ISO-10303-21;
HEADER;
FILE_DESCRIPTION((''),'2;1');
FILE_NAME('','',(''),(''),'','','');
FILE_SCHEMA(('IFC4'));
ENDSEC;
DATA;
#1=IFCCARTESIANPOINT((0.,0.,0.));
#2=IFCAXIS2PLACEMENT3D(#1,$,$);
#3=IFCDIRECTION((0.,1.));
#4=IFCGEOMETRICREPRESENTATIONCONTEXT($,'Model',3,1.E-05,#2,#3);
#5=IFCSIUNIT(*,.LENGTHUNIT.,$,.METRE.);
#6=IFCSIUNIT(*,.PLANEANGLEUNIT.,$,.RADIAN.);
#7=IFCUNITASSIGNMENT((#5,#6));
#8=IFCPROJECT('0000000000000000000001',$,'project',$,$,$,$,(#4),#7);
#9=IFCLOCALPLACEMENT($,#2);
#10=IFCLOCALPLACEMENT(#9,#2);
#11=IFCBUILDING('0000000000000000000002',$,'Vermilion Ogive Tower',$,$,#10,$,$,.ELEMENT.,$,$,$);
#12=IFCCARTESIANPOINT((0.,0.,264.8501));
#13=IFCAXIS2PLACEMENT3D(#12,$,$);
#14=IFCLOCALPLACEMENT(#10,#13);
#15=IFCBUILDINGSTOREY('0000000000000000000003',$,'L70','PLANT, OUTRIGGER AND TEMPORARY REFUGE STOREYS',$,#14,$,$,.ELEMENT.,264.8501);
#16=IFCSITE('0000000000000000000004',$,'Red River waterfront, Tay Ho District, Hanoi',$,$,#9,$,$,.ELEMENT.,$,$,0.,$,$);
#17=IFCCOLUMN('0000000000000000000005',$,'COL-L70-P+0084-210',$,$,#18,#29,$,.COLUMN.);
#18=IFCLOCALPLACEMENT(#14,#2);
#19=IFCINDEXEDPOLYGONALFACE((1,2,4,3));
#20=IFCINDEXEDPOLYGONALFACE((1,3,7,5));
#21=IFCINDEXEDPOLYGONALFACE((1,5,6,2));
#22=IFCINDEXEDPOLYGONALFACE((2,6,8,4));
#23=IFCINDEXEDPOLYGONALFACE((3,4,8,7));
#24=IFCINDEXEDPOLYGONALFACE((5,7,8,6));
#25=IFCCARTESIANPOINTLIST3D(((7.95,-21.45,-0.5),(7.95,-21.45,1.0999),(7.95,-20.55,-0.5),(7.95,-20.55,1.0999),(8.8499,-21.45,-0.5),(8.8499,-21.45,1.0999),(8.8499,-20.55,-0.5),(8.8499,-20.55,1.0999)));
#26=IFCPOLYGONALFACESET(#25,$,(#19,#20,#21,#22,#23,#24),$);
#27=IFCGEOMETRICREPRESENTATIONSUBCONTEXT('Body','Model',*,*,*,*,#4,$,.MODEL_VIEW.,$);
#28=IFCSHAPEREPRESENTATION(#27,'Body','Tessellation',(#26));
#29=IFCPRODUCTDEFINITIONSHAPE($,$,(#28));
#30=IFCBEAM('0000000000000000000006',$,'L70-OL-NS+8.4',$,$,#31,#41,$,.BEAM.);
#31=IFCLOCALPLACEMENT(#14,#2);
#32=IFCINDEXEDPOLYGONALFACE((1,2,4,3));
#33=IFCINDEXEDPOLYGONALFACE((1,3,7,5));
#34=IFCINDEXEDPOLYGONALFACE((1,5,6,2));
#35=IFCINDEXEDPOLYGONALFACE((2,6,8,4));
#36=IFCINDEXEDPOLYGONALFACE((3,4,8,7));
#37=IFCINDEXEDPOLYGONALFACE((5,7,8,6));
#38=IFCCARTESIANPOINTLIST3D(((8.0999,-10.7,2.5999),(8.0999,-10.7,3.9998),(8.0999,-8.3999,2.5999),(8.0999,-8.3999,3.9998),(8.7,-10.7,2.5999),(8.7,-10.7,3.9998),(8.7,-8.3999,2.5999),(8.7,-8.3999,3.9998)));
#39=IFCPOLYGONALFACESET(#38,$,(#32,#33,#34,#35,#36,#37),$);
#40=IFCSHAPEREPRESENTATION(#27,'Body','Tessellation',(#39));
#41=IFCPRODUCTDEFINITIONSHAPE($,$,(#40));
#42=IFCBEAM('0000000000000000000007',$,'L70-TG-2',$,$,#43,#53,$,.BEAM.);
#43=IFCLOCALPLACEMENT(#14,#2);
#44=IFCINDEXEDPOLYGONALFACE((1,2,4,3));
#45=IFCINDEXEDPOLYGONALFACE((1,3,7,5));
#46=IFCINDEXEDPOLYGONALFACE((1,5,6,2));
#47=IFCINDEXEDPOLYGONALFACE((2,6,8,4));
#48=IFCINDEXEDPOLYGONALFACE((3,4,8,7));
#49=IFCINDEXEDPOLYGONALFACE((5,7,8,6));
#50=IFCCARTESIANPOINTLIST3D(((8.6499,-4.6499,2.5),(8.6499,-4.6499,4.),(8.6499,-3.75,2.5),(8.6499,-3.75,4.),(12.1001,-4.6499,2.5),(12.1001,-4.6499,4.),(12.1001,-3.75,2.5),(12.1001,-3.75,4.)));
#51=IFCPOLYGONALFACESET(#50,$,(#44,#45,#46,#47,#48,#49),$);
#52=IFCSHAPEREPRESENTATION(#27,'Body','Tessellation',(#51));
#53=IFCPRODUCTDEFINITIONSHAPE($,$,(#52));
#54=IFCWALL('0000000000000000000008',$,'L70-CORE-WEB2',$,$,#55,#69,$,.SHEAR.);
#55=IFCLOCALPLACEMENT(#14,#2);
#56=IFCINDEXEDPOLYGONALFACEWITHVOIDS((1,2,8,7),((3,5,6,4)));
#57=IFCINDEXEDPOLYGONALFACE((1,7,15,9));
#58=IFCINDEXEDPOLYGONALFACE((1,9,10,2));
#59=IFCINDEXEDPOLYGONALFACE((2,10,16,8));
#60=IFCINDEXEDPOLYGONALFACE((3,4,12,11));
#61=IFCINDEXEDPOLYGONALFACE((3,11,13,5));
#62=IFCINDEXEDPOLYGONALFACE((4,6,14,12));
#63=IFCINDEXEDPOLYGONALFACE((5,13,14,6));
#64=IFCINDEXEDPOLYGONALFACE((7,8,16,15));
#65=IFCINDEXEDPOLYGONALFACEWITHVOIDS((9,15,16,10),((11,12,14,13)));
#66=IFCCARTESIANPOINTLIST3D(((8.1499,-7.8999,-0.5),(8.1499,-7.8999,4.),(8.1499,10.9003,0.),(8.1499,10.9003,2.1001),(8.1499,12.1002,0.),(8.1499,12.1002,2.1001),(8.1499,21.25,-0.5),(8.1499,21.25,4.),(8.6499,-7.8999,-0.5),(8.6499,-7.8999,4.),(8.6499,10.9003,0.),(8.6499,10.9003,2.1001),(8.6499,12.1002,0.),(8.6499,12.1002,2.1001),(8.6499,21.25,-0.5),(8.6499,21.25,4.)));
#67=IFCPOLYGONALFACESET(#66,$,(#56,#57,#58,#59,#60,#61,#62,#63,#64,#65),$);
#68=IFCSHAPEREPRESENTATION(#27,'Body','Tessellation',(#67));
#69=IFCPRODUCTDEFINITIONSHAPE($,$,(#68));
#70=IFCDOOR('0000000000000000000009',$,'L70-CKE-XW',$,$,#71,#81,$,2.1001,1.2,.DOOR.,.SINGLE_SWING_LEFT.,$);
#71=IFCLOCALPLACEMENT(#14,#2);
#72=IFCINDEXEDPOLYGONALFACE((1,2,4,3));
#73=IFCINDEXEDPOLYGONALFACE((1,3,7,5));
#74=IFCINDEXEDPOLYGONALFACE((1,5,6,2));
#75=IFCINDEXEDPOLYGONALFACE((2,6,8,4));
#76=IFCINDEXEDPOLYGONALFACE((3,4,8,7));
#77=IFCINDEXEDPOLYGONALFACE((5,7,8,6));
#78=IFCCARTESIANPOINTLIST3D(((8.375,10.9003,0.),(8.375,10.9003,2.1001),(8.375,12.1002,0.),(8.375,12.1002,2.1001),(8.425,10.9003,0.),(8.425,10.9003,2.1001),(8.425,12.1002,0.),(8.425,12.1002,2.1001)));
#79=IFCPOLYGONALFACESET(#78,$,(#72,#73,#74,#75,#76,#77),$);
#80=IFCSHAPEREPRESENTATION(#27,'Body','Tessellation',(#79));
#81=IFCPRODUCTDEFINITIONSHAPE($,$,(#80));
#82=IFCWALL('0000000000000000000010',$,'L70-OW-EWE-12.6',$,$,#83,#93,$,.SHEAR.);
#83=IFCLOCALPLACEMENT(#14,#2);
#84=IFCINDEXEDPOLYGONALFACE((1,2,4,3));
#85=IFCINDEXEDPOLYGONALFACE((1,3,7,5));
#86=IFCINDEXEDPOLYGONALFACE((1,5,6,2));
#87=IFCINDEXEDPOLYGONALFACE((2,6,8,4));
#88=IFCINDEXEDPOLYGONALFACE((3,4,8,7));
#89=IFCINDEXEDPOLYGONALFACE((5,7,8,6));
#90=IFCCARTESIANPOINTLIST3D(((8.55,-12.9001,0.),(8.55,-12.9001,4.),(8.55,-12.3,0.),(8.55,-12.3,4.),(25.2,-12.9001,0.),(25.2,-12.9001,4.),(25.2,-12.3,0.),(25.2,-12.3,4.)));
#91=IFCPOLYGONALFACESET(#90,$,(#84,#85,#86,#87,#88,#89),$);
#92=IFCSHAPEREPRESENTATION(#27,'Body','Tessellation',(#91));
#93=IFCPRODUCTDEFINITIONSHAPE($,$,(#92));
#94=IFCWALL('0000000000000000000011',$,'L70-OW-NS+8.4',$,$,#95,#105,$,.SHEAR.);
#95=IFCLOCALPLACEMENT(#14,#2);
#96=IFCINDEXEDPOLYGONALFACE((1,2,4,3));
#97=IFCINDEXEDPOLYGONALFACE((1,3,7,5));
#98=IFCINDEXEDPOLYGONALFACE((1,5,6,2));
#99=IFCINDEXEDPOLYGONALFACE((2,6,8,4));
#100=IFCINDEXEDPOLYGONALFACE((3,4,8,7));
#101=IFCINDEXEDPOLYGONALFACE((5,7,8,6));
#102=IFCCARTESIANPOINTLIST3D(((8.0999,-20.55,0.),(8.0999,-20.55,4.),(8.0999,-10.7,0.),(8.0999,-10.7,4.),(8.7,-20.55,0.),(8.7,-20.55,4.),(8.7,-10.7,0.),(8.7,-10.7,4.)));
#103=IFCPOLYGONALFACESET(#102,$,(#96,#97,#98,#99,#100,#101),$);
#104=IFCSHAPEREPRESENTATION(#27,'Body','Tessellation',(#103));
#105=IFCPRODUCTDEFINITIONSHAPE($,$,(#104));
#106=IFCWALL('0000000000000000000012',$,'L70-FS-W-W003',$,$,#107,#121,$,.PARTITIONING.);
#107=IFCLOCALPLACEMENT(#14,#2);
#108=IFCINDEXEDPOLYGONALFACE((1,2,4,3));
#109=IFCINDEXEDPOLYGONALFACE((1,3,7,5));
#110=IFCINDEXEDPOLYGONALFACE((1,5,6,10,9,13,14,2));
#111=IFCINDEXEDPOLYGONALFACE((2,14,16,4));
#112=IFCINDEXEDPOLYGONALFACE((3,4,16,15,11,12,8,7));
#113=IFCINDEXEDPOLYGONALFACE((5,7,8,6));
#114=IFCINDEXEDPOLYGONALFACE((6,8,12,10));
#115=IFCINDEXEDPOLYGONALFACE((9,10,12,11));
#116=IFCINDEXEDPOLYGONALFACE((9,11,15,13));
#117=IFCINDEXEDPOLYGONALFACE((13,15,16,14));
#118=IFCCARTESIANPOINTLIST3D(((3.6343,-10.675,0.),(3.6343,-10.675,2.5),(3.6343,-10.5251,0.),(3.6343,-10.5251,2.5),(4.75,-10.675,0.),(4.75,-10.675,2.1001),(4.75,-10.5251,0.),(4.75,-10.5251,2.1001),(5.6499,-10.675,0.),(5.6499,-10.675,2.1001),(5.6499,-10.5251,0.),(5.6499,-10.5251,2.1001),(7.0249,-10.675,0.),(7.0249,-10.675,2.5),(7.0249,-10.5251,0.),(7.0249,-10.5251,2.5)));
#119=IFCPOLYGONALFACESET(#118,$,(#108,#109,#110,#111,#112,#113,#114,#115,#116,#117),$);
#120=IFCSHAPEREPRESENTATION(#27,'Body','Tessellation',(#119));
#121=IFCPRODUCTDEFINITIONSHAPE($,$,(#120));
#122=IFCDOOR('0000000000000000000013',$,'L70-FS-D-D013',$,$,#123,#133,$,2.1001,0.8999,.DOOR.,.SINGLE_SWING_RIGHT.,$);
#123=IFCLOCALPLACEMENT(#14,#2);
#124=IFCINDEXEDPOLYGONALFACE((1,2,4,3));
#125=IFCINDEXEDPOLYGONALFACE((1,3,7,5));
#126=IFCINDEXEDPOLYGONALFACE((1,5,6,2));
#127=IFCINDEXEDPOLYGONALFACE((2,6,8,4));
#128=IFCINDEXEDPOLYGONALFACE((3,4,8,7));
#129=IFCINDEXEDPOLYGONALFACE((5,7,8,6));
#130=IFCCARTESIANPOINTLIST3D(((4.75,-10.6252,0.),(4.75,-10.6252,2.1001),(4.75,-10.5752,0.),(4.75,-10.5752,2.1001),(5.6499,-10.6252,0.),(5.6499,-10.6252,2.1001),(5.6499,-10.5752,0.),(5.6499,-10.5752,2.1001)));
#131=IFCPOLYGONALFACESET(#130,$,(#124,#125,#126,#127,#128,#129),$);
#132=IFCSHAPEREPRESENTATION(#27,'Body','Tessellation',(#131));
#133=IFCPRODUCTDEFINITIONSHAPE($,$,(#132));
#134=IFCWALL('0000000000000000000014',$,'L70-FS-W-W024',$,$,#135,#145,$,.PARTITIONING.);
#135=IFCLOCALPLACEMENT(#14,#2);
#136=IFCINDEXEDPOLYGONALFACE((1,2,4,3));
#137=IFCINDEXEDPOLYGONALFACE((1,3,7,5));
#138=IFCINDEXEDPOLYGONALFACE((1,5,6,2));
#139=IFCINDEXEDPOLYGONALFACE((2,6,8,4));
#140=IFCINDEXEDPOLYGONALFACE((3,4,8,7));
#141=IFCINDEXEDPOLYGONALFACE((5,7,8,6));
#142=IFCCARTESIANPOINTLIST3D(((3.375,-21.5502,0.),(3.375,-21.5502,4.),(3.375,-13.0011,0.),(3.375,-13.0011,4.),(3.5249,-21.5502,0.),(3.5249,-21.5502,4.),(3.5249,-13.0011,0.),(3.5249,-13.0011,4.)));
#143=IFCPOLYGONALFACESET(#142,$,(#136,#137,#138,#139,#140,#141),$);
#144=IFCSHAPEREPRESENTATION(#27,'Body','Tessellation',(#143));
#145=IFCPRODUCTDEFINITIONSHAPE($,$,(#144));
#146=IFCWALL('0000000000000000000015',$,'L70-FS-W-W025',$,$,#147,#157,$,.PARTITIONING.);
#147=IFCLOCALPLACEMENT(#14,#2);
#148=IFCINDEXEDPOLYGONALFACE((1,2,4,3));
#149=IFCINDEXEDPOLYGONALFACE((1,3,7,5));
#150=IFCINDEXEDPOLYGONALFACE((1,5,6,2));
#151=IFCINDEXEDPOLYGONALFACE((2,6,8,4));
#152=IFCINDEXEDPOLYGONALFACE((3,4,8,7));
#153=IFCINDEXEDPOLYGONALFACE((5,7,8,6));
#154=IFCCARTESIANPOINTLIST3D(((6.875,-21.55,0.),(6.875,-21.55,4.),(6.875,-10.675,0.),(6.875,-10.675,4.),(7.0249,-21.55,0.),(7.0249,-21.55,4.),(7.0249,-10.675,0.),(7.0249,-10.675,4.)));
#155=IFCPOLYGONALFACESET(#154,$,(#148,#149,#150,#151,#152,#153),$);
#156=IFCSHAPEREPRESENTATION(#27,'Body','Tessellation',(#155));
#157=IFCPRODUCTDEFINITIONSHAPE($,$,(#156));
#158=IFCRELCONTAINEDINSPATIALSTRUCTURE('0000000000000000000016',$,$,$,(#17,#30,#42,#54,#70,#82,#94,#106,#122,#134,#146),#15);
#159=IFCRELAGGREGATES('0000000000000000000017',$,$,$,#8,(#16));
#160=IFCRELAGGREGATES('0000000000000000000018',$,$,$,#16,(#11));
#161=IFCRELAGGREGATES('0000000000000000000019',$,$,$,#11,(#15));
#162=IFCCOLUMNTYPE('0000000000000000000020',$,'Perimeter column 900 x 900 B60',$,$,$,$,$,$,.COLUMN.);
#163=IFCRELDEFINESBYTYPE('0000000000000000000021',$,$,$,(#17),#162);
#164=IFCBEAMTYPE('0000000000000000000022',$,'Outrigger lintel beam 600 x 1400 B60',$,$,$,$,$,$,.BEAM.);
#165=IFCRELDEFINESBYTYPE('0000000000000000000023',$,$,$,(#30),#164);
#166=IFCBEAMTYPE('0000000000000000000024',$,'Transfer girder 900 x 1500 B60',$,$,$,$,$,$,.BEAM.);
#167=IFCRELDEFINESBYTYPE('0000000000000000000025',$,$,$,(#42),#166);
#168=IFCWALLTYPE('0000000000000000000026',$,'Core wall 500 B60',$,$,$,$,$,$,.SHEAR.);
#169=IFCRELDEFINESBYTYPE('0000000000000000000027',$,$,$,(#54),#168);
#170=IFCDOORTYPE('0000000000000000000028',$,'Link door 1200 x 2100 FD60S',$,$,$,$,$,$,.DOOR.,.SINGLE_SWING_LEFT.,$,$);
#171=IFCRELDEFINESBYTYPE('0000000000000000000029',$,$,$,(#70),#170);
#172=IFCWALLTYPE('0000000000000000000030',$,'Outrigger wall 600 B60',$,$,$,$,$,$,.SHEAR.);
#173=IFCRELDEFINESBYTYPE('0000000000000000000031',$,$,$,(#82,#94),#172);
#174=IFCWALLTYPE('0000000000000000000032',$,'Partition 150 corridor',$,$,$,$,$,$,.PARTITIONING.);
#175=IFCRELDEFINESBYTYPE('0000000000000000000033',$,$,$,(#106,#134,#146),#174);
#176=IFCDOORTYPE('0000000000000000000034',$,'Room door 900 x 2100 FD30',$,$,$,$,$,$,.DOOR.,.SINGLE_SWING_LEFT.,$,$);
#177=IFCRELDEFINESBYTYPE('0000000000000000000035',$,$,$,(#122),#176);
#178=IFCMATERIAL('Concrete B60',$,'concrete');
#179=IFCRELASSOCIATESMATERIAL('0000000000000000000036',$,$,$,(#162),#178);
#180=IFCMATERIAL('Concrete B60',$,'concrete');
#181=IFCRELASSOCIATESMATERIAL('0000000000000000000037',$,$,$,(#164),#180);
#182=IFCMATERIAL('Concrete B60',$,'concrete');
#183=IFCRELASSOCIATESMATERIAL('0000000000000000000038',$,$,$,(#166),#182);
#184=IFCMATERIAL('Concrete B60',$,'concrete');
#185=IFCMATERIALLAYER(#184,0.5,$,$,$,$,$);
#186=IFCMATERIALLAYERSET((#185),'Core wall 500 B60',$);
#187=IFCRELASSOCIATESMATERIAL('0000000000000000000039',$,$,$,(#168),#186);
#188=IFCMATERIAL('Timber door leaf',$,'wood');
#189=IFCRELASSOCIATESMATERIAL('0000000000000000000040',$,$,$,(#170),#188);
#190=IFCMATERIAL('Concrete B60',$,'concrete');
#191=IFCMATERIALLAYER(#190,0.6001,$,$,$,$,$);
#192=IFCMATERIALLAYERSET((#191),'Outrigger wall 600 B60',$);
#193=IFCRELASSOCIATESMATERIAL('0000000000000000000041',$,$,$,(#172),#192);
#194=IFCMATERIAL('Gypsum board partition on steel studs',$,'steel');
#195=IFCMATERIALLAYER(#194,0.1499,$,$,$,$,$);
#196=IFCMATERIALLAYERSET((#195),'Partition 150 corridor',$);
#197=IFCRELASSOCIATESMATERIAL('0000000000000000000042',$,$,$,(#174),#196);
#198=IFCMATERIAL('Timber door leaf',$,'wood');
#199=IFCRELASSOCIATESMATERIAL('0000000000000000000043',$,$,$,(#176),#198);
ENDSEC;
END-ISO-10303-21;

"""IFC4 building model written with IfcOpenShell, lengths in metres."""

from ifc_helpers import new_model, si_unit, direction, frame, frame_2d, origin, origin_2d, place, context, subcontext, project, spatial, rectangle, extrude, material, layer, layer_set, material_profile, profile_set, type_object, element, fill, save


model = new_model("IFC4")

# Units and contexts
model_context = context("Model", 3, precision=1e-05, world=origin(), true_north=direction((0.0, 1.0)))
body_context = subcontext(model_context, "Body", "Model", "MODEL_VIEW")
ifc_project = project(units=[si_unit("LENGTHUNIT", "METRE"), si_unit("PLANEANGLEUNIT", "RADIAN")], contexts=[model_context])

# Site, building, storey
site_placement = place(None, origin())
site = spatial("IfcSite", under=ifc_project, at=site_placement, Name="Red River waterfront, Tay Ho District, Hanoi", CompositionType="ELEMENT", RefElevation=0.0)
building_placement = place(site_placement, origin())
building = spatial("IfcBuilding", under=site, at=building_placement, Name="Vermilion Ogive Tower", CompositionType="ELEMENT")
storey_placement = place(building_placement, frame((0.0, 0.0, 264.8501)))
storey = spatial("IfcBuildingStorey", under=building, at=storey_placement, Name="L70", Description="PLANT, OUTRIGGER AND TEMPORARY REFUGE STOREYS", CompositionType="ELEMENT", Elevation=264.8501)

# Column
ifc_material_1 = material(Name="Concrete B60", Category="concrete")
ifc_material_profile_1 = material_profile(ifc_material_1, rectangle(XDim=0.8999, YDim=0.8999, at=origin_2d()), Name="900 x 900")
ifc_profile_set_1 = profile_set([ifc_material_profile_1], Name="Concrete B60")
column_type = type_object("IfcColumnType", Name="Perimeter column 900 x 900 B60", PredefinedType="COLUMN", material=ifc_profile_set_1)
column_placement = place(storey_placement, frame((8.3999, -21.0, -0.5), z_axis=(0.0, 0.0, 1.0), x_axis=(1.0, 0.0, 0.0)))
element("IfcColumn", 1, at=column_placement, inside=storey, type_object=column_type, Name="COL-L70-P+0084-210", PredefinedType="COLUMN", context=body_context, shape_type="SweptSolid", body=[
    extrude(rectangle(XDim=0.8999, YDim=0.8999, at=origin_2d()), origin(), (0.0, 0.0, 1.0), 1.5999),
])

# Beams
ifc_material_2 = material(Name="Concrete B60", Category="concrete")
ifc_material_profile_2 = material_profile(ifc_material_2, rectangle(XDim=0.6001, YDim=1.3999, at=origin_2d()), Name="600 x 1400")
ifc_profile_set_2 = profile_set([ifc_material_profile_2], Name="Concrete B60")
beam_type_1 = type_object("IfcBeamType", Name="Outrigger lintel beam 600 x 1400 B60", PredefinedType="BEAM", material=ifc_profile_set_2)
beam_1_placement = place(storey_placement, frame((8.3999, -8.3999, 3.2998), z_axis=(0.0, -1.0, 0.0), x_axis=(1.0, 0.0, 0.0)))
element("IfcBeam", 2, at=beam_1_placement, inside=storey, type_object=beam_type_1, Name="L70-OL-NS+8.4", PredefinedType="BEAM", context=body_context, shape_type="SweptSolid", body=[
    extrude(rectangle(XDim=0.6001, YDim=1.3999, at=origin_2d()), origin(), (0.0, 0.0, 1.0), 2.3),
])
ifc_material_3 = material(Name="Concrete B60", Category="concrete")
ifc_material_profile_3 = material_profile(ifc_material_3, rectangle(XDim=0.8999, YDim=1.5, at=origin_2d()), Name="900 x 1500")
ifc_profile_set_3 = profile_set([ifc_material_profile_3], Name="Concrete B60")
beam_type_2 = type_object("IfcBeamType", Name="Transfer girder 900 x 1500 B60", PredefinedType="BEAM", material=ifc_profile_set_3)
beam_2_placement = place(storey_placement, frame((8.6499, -4.2, 3.25), z_axis=(1.0, 0.0, 0.0), x_axis=(0.0, 1.0, 0.0)))
element("IfcBeam", 3, at=beam_2_placement, inside=storey, type_object=beam_type_2, Name="L70-TG-2", PredefinedType="BEAM", context=body_context, shape_type="SweptSolid", body=[
    extrude(rectangle(XDim=0.8999, YDim=1.5, at=origin_2d()), origin(), (0.0, 0.0, 1.0), 3.4502),
])

# Wall, opening, door
ifc_material_4 = material(Name="Concrete B60", Category="concrete")
ifc_layer_1 = layer(ifc_material_4, 0.5)
ifc_layer_set_1 = layer_set([ifc_layer_1], Name="Core wall 500 B60")
wall_type_1 = type_object("IfcWallType", Name="Core wall 500 B60", PredefinedType="SHEAR", material=ifc_layer_set_1)
wall_1_placement = place(storey_placement, frame((8.3999, -7.8999, -0.5), z_axis=(0.0, 0.0, 1.0), x_axis=(0.0, 1.0, 0.0)))
wall_1 = element("IfcWall", 4, at=wall_1_placement, inside=storey, type_object=wall_type_1, Name="L70-CORE-WEB2", PredefinedType="SHEAR", context=body_context, shape_type="SweptSolid", body=[
    extrude(rectangle(XDim=29.1499, YDim=0.5, at=frame_2d((14.575, 0.0))), origin(), (0.0, 0.0, 1.0), 4.5),
])
opening_1_placement = place(wall_1_placement, frame((18.8, 0.0, 0.5)))
opening_1 = element("IfcOpeningElement", 5, at=opening_1_placement, cuts=wall_1, PredefinedType="OPENING", context=body_context, shape_type="SweptSolid", body=[
    extrude(rectangle(XDim=1.2, YDim=2.1001, at=frame_2d((0.6001, 1.05))), frame((0.0, 0.26, 0.0), z_axis=(0.0, -1.0, 0.0), x_axis=(1.0, 0.0, 0.0)), (0.0, 0.0, 1.0), 0.52),
])
ifc_material_5 = material(Name="Timber door leaf", Category="wood")
door_type_1 = type_object("IfcDoorType", Name="Link door 1200 x 2100 FD60S", OperationType="SINGLE_SWING_LEFT", PredefinedType="DOOR", material=ifc_material_5)
door_1_placement = place(opening_1_placement, origin())
door_1 = element("IfcDoor", 6, at=door_1_placement, inside=storey, type_object=door_type_1, Name="L70-CKE-XW", OperationType="SINGLE_SWING_LEFT", OverallHeight=2.1001, OverallWidth=1.2, PredefinedType="DOOR", context=body_context, shape_type="SweptSolid", body=[
    extrude(rectangle(XDim=1.2, YDim=2.1001, at=frame_2d((0.6001, 1.05))), frame((0.0, 0.0249, 0.0), z_axis=(0.0, -1.0, 0.0), x_axis=(1.0, 0.0, 0.0)), (0.0, 0.0, 1.0), 0.05),
])
fill(opening_1, door_1)

# Walls
ifc_material_6 = material(Name="Concrete B60", Category="concrete")
ifc_layer_2 = layer(ifc_material_6, 0.6001)
ifc_layer_set_2 = layer_set([ifc_layer_2], Name="Outrigger wall 600 B60")
wall_type_2 = type_object("IfcWallType", Name="Outrigger wall 600 B60", PredefinedType="SHEAR", material=ifc_layer_set_2)
wall_2_placement = place(storey_placement, frame((8.55, -12.6001, 0.0), z_axis=(0.0, 0.0, 1.0), x_axis=(1.0, 0.0, 0.0)))
element("IfcWall", 7, at=wall_2_placement, inside=storey, type_object=wall_type_2, Name="L70-OW-EWE-12.6", PredefinedType="SHEAR", context=body_context, shape_type="SweptSolid", body=[
    extrude(rectangle(XDim=16.6499, YDim=0.6001, at=frame_2d((8.325, 0.0))), origin(), (0.0, 0.0, 1.0), 4.0),
])
wall_3_placement = place(storey_placement, frame((8.3999, -10.7, 0.0), z_axis=(0.0, 0.0, 1.0), x_axis=(0.0, -1.0, 0.0)))
element("IfcWall", 8, at=wall_3_placement, inside=storey, type_object=wall_type_2, Name="L70-OW-NS+8.4", PredefinedType="SHEAR", context=body_context, shape_type="SweptSolid", body=[
    extrude(rectangle(XDim=9.8501, YDim=0.6001, at=frame_2d((4.925, 0.0))), origin(), (0.0, 0.0, 1.0), 4.0),
])

# Wall, opening, door
ifc_material_7 = material(Name="Gypsum board partition on steel studs", Category="steel")
ifc_layer_3 = layer(ifc_material_7, 0.1499)
ifc_layer_set_3 = layer_set([ifc_layer_3], Name="Partition 150 corridor")
wall_type_3 = type_object("IfcWallType", Name="Partition 150 corridor", PredefinedType="PARTITIONING", material=ifc_layer_set_3)
wall_4_placement = place(storey_placement, frame((3.6343, -10.6001, 0.0), z_axis=(0.0, 0.0, 1.0), x_axis=(1.0, 0.0, 0.0)))
wall_4 = element("IfcWall", 9, at=wall_4_placement, inside=storey, type_object=wall_type_3, Name="L70-FS-W-W003", PredefinedType="PARTITIONING", context=body_context, shape_type="SweptSolid", body=[
    extrude(rectangle(XDim=3.3906, YDim=0.1499, at=frame_2d((1.6953, 0.0))), origin(), (0.0, 0.0, 1.0), 2.5),
])
opening_2_placement = place(wall_4_placement, frame((1.1157, 0.0, 0.0)))
opening_2 = element("IfcOpeningElement", 10, at=opening_2_placement, cuts=wall_4, PredefinedType="OPENING", context=body_context, shape_type="SweptSolid", body=[
    extrude(rectangle(XDim=0.8999, YDim=2.1001, at=frame_2d((0.45, 1.05))), frame((0.0, 0.085, 0.0), z_axis=(0.0, -1.0, 0.0), x_axis=(1.0, 0.0, 0.0)), (0.0, 0.0, 1.0), 0.1699),
])
ifc_material_8 = material(Name="Timber door leaf", Category="wood")
door_type_2 = type_object("IfcDoorType", Name="Room door 900 x 2100 FD30", OperationType="SINGLE_SWING_LEFT", PredefinedType="DOOR", material=ifc_material_8)
door_2_placement = place(opening_2_placement, origin())
door_2 = element("IfcDoor", 11, at=door_2_placement, inside=storey, type_object=door_type_2, Name="L70-FS-D-D013", OperationType="SINGLE_SWING_RIGHT", OverallHeight=2.1001, OverallWidth=0.8999, PredefinedType="DOOR", context=body_context, shape_type="SweptSolid", body=[
    extrude(rectangle(XDim=0.8999, YDim=2.1001, at=frame_2d((0.45, 1.05))), frame((0.0, 0.0249, 0.0), z_axis=(0.0, -1.0, 0.0), x_axis=(1.0, 0.0, 0.0)), (0.0, 0.0, 1.0), 0.05),
])
fill(opening_2, door_2)

# Walls
wall_5_placement = place(storey_placement, frame((3.45, -21.55, 0.0), z_axis=(0.0, 0.0, 1.0), x_axis=(0.0, 1.0, 0.0)))
element("IfcWall", 12, at=wall_5_placement, inside=storey, type_object=wall_type_3, Name="L70-FS-W-W024", PredefinedType="PARTITIONING", context=body_context, shape_type="SweptSolid", body=[
    extrude(rectangle(XDim=8.5491, YDim=0.1499, at=frame_2d((4.2744, 0.0))), origin(), (0.0, 0.0, 1.0), 4.0),
])
wall_6_placement = place(storey_placement, frame((6.95, -21.55, 0.0), z_axis=(0.0, 0.0, 1.0), x_axis=(0.0, 1.0, 0.0)))
element("IfcWall", 13, at=wall_6_placement, inside=storey, type_object=wall_type_3, Name="L70-FS-W-W025", PredefinedType="PARTITIONING", context=body_context, shape_type="SweptSolid", body=[
    extrude(rectangle(XDim=10.875, YDim=0.1499, at=frame_2d((5.4375, 0.0))), origin(), (0.0, 0.0, 1.0), 4.0),
])

save(model, "model.ifc")
